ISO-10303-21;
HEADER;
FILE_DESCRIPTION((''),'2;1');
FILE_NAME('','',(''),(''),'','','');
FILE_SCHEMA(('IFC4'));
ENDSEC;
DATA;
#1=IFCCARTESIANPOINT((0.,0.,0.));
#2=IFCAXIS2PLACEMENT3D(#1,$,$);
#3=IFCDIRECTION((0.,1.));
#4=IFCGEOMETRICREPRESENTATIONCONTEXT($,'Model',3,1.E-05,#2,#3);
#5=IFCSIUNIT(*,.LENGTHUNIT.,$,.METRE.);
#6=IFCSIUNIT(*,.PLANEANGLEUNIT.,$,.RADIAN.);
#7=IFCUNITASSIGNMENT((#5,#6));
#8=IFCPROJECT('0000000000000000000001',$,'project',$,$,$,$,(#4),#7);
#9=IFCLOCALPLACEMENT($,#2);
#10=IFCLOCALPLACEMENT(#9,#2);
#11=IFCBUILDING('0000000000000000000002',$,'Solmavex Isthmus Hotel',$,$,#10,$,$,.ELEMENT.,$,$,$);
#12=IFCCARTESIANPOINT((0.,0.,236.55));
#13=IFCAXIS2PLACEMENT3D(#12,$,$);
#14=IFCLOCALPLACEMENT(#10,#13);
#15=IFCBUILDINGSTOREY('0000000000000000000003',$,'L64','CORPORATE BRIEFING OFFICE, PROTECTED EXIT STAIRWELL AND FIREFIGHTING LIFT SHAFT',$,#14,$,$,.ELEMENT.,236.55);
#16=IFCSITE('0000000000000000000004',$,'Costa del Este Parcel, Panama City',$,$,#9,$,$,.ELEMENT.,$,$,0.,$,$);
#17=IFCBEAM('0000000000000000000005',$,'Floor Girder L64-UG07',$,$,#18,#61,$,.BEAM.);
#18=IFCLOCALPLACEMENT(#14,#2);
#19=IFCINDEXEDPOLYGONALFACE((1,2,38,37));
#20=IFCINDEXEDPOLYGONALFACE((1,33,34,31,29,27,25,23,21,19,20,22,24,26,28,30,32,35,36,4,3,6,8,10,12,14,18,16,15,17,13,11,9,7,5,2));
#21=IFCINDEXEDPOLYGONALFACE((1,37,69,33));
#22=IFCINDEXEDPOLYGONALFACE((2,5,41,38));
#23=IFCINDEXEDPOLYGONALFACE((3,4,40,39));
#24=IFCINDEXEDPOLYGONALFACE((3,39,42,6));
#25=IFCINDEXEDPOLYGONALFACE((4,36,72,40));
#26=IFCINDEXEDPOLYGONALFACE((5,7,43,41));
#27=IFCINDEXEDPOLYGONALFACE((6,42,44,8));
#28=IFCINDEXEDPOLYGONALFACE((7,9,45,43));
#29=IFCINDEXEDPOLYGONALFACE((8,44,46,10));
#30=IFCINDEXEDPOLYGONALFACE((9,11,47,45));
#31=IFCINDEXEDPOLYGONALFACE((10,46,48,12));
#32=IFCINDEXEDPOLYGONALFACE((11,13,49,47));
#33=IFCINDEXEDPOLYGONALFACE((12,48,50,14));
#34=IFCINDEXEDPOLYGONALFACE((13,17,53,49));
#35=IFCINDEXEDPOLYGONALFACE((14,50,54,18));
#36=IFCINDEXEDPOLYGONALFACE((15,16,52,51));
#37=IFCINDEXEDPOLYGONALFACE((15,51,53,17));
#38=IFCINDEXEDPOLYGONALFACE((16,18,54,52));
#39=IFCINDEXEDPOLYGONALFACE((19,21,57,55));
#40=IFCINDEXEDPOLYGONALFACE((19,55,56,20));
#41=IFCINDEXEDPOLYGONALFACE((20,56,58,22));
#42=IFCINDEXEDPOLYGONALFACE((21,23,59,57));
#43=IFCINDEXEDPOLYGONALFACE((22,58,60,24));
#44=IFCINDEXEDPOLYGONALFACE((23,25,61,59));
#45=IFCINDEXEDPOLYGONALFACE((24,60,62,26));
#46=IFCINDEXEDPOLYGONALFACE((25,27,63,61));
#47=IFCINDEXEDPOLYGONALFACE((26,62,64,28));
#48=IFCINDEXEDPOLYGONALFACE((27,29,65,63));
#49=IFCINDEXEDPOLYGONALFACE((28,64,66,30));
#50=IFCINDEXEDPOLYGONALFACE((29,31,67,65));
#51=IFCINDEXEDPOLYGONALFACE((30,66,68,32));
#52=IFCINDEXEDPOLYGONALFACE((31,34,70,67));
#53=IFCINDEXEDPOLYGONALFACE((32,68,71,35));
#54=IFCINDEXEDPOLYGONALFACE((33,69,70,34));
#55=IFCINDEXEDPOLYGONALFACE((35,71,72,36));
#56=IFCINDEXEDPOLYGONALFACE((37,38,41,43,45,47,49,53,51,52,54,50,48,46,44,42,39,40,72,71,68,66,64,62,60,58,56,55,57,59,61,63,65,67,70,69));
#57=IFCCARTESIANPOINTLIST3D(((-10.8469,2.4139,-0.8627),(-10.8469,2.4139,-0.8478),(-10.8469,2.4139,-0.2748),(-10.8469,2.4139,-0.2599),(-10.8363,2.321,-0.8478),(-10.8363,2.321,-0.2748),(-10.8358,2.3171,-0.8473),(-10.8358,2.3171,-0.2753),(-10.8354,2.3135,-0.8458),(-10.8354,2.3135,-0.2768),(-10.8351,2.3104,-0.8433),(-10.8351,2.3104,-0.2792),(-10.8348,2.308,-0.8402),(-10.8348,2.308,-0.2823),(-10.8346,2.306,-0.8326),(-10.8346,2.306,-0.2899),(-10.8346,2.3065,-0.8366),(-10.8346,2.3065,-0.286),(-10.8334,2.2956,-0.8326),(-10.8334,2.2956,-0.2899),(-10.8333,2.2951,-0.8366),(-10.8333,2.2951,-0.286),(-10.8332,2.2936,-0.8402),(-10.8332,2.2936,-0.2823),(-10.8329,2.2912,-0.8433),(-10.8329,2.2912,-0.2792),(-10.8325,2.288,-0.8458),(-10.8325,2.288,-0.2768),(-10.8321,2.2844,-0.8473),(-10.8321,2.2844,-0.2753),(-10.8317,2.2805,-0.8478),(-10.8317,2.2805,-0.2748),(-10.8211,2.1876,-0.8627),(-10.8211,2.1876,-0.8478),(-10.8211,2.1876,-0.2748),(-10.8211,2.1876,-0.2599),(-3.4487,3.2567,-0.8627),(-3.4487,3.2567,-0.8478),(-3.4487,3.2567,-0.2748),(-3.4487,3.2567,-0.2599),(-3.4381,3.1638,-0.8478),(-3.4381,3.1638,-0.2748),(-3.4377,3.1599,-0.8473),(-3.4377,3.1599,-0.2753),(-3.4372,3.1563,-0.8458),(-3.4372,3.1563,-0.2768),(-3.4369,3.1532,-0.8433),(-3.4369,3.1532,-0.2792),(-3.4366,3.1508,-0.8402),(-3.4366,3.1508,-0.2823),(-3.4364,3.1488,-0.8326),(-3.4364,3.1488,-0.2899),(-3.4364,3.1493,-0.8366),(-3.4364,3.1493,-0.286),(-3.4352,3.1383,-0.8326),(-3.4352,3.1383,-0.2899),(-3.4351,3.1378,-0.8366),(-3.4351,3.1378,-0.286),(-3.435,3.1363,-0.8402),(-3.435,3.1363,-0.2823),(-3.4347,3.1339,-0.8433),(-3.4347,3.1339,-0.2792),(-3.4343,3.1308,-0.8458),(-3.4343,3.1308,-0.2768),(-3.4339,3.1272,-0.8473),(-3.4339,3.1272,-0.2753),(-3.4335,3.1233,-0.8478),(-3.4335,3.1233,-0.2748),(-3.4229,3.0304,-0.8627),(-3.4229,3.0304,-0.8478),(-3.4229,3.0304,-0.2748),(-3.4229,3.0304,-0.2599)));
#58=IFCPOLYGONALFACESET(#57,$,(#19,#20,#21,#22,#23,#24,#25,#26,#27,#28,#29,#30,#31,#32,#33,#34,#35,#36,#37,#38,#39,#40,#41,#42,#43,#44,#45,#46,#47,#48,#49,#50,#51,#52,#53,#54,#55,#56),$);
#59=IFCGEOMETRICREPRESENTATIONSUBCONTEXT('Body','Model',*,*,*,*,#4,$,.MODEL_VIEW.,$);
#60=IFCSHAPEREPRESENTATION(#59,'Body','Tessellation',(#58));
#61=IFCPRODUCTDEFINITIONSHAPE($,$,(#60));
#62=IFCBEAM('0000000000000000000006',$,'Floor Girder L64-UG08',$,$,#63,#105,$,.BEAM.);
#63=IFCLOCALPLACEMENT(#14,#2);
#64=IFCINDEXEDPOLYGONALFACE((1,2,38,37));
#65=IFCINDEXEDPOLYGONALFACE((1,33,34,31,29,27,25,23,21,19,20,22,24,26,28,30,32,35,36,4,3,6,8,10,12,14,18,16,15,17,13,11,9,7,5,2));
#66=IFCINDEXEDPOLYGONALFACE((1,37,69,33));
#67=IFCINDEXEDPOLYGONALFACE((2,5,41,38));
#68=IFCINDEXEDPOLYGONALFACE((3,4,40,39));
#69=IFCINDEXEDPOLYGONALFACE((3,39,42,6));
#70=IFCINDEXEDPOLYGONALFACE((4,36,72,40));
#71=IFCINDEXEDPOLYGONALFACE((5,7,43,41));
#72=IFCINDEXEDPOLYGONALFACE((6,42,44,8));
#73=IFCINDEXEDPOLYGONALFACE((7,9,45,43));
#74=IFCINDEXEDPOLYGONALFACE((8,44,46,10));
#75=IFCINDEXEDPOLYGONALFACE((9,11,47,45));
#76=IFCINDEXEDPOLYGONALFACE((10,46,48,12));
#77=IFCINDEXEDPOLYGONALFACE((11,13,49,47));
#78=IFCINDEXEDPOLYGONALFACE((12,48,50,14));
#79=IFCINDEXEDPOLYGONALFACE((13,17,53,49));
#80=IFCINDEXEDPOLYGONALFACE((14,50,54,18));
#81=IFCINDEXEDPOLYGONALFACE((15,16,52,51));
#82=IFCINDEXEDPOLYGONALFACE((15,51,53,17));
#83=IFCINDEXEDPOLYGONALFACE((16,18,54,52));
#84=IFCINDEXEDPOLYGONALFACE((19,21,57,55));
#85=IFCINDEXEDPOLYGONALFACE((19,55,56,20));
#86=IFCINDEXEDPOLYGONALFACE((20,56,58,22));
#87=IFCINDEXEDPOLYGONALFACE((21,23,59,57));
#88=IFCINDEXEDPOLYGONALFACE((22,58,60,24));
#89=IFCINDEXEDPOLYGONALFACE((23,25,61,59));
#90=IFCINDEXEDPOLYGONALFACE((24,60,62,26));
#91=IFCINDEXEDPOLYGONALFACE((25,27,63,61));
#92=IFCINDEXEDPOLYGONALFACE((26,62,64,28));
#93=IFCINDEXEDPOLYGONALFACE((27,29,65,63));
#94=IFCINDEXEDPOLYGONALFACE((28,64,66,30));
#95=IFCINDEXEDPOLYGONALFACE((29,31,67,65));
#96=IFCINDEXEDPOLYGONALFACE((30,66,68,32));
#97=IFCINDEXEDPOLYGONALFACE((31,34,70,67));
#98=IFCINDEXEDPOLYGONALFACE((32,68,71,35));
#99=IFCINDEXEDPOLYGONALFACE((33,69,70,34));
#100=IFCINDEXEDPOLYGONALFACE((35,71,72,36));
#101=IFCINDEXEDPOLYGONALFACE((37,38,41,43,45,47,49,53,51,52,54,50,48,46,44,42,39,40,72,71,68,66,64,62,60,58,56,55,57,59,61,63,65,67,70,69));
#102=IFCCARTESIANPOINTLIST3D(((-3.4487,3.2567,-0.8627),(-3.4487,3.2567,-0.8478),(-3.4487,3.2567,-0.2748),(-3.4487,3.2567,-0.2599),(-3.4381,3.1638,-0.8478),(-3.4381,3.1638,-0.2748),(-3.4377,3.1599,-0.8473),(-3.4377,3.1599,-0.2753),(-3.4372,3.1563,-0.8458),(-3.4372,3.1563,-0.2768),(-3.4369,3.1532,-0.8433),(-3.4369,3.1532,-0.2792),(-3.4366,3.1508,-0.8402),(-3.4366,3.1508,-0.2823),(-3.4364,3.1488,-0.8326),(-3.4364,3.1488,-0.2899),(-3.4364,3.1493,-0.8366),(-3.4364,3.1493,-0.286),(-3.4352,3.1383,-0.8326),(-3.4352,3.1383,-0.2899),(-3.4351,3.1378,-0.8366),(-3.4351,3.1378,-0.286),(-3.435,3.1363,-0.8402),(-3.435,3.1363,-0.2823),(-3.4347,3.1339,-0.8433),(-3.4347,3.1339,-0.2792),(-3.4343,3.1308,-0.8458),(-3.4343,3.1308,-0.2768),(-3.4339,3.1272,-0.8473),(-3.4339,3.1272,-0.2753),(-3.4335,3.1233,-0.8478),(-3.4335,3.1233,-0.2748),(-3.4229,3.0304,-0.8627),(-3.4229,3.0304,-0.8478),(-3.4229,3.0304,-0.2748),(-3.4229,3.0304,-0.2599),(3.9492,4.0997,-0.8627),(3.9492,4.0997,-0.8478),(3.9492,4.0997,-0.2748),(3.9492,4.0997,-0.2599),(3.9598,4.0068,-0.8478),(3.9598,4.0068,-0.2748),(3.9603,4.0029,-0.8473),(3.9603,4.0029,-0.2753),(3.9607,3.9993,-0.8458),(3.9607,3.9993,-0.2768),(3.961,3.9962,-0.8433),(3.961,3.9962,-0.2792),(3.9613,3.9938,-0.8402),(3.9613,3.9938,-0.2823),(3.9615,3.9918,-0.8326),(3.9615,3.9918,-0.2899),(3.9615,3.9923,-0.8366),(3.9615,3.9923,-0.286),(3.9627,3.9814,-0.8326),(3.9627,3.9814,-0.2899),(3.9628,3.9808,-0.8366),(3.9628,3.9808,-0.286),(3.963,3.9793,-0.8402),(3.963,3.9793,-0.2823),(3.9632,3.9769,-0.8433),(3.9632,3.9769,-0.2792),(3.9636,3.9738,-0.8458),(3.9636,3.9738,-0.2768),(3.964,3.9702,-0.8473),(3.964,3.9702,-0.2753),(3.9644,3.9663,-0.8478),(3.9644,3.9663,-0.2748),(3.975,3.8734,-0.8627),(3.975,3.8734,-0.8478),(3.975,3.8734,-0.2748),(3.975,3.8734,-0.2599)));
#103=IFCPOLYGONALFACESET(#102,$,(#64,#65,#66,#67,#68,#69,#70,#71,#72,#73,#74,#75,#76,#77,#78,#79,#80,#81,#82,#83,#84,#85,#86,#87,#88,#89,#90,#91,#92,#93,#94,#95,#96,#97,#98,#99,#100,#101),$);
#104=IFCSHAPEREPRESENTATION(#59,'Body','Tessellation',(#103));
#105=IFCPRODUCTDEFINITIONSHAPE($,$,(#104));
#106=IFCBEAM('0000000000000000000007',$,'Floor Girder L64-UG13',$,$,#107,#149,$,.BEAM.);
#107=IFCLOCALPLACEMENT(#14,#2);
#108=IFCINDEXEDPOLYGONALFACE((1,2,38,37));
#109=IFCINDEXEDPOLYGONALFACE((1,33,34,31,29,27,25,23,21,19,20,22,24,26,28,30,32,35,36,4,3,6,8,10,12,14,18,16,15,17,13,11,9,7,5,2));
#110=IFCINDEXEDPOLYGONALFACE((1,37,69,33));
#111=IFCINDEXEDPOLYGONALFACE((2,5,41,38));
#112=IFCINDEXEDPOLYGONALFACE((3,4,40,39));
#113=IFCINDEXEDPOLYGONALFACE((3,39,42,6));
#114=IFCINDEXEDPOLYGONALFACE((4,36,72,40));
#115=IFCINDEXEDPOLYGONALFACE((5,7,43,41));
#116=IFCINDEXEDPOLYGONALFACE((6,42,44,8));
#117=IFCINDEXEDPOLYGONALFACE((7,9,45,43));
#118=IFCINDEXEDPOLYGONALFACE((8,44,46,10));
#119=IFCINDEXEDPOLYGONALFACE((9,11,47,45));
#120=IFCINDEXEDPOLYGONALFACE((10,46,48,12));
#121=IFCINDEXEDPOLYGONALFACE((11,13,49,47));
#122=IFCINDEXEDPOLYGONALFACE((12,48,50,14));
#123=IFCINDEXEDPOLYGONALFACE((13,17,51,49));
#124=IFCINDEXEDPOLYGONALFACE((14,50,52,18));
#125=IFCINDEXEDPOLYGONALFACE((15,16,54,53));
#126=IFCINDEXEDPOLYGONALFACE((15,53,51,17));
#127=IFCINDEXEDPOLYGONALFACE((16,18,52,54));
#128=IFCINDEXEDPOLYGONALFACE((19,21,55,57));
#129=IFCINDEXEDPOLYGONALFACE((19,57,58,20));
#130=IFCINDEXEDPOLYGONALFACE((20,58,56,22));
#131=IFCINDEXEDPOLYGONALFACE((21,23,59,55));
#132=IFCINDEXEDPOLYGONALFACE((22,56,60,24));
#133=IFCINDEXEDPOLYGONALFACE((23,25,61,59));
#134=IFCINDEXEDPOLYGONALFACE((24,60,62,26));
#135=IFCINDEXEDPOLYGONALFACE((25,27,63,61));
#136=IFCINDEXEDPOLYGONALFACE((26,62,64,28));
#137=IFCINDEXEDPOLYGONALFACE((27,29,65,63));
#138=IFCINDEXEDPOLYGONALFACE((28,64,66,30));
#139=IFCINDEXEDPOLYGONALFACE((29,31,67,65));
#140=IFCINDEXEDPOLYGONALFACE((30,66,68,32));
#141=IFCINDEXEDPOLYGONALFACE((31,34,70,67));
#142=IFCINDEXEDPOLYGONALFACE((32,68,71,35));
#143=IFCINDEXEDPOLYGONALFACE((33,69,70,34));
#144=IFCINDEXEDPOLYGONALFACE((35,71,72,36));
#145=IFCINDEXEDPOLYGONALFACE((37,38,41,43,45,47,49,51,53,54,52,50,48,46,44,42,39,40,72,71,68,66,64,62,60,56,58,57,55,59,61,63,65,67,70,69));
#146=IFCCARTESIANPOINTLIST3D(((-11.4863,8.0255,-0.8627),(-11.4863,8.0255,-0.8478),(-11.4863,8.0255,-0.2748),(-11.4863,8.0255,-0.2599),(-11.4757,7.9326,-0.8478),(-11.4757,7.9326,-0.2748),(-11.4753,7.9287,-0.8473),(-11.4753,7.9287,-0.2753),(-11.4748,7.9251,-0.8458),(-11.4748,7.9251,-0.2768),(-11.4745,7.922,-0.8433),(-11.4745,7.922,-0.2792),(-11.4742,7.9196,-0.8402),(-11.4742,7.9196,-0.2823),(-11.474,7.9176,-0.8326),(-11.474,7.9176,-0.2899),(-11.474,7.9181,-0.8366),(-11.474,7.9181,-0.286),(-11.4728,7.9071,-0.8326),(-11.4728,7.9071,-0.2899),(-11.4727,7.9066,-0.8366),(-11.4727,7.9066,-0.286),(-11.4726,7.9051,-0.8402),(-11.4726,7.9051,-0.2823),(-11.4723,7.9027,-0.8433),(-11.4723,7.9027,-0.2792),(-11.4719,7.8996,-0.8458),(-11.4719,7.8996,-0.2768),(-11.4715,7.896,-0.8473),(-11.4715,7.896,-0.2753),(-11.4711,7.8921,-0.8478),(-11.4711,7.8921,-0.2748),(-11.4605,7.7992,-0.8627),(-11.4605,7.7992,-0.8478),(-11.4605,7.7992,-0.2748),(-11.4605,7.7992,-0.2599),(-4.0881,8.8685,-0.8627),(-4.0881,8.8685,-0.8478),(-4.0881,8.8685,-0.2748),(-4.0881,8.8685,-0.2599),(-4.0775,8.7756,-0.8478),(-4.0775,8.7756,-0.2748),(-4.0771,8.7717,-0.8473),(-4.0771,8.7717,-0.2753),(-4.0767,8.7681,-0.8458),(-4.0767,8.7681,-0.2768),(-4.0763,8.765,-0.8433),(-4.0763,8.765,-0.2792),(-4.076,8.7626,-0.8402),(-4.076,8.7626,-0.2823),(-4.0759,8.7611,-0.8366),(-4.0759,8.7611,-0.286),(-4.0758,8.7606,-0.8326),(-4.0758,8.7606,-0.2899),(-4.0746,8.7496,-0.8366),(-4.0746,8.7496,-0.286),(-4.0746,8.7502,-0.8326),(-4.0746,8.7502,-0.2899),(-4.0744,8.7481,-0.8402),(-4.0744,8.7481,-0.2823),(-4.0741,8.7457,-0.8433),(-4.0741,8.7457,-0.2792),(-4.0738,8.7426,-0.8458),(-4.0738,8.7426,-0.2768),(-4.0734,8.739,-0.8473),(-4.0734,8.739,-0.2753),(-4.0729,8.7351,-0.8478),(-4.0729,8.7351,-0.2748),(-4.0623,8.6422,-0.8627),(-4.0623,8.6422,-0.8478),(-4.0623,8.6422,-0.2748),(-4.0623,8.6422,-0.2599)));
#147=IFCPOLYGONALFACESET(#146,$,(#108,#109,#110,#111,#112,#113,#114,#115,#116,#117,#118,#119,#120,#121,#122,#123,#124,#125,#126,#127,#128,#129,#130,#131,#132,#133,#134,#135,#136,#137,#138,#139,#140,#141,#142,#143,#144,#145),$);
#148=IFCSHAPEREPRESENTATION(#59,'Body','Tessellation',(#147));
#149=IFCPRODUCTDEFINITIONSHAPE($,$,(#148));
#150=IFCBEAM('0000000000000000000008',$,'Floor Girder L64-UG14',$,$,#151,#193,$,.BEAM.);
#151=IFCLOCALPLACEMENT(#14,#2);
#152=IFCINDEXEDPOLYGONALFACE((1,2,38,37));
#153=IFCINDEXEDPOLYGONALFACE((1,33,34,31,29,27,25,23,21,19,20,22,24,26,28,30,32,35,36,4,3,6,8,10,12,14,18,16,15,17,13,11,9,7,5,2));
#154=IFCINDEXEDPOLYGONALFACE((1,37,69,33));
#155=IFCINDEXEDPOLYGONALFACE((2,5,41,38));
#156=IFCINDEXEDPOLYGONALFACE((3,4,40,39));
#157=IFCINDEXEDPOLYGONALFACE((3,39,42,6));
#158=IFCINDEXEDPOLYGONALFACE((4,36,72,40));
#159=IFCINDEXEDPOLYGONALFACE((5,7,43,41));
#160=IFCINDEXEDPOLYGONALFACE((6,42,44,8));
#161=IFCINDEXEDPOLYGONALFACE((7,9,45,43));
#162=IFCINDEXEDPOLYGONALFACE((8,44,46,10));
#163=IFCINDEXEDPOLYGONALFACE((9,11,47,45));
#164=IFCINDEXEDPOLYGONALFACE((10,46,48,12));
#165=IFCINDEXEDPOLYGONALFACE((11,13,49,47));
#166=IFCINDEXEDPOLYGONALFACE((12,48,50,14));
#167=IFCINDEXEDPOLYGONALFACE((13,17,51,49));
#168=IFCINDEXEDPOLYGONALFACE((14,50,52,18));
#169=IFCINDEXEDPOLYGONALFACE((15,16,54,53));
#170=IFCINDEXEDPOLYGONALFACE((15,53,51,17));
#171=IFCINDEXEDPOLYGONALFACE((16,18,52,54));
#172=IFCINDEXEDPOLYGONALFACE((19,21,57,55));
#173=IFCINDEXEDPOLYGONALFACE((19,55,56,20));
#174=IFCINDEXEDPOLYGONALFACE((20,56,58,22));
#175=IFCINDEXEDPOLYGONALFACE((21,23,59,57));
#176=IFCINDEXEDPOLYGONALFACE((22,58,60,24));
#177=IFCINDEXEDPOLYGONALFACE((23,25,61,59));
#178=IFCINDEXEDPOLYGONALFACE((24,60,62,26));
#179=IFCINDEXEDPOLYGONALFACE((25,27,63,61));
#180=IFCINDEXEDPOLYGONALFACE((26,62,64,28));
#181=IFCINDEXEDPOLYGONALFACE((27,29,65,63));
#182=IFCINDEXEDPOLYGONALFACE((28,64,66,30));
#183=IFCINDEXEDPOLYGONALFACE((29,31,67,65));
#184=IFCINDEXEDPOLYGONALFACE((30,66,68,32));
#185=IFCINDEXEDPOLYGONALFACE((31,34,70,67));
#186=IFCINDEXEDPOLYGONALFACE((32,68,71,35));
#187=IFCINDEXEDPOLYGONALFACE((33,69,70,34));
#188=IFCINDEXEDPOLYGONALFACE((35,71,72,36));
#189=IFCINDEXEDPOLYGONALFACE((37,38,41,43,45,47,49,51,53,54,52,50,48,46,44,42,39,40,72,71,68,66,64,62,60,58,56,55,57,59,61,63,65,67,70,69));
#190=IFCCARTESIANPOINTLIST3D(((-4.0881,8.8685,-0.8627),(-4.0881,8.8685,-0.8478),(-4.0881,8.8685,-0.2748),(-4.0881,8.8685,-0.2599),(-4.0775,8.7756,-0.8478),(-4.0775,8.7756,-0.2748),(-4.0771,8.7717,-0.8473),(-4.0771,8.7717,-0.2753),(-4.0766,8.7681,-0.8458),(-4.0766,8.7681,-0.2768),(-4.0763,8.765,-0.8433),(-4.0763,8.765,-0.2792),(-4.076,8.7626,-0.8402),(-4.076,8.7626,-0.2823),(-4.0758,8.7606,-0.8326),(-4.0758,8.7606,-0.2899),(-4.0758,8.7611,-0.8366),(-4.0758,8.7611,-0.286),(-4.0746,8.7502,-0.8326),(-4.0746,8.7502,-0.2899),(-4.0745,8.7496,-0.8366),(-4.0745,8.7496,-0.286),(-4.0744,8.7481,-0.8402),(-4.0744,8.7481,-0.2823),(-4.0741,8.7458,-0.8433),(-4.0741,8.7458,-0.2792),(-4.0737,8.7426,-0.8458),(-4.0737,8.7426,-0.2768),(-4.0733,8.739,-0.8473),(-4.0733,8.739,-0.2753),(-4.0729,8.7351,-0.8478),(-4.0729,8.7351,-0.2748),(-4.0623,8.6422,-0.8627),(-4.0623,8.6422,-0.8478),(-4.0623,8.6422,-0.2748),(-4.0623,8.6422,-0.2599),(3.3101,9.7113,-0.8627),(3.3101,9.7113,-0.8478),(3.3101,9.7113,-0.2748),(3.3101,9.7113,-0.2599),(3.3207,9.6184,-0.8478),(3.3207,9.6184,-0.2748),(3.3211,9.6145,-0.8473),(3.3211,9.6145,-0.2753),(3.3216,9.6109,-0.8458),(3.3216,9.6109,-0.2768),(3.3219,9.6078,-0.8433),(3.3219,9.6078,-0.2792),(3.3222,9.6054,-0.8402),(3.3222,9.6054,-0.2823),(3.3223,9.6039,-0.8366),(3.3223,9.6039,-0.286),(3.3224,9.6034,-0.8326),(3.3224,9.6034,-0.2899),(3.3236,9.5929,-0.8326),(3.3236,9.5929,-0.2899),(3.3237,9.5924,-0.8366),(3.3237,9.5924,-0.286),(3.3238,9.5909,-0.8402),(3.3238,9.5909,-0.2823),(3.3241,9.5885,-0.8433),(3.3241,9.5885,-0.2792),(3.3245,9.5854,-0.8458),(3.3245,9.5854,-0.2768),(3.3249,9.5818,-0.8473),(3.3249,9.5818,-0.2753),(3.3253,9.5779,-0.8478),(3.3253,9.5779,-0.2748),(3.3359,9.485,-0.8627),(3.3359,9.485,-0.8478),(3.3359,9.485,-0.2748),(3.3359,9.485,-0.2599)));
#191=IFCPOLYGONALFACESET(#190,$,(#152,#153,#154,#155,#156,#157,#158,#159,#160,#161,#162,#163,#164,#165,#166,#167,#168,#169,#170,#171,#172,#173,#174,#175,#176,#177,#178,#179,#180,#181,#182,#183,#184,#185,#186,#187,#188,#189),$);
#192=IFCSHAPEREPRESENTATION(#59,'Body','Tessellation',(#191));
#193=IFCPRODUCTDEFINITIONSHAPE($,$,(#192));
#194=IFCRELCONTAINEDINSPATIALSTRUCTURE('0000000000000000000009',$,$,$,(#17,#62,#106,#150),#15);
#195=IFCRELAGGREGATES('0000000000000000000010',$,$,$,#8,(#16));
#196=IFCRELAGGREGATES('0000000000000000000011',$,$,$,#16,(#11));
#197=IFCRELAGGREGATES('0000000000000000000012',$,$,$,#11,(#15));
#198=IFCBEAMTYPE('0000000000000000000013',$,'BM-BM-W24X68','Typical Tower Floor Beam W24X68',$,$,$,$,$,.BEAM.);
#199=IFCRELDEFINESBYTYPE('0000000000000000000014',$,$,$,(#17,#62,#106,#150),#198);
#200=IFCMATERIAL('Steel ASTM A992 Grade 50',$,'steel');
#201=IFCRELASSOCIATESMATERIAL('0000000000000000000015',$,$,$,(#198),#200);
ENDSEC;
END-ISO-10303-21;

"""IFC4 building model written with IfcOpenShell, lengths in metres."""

from ifc_helpers import new_model, si_unit, direction, frame, origin, origin_2d, place, context, subcontext, project, spatial, i_section, extrude, material, material_profile, profile_set, type_object, element, save


model = new_model("IFC4")

# Units and contexts
model_context = context("Model", 3, precision=1e-05, world=origin(), true_north=direction((0.0, 1.0)))
body_context = subcontext(model_context, "Body", "Model", "MODEL_VIEW")
ifc_project = project(units=[si_unit("LENGTHUNIT", "METRE"), si_unit("PLANEANGLEUNIT", "RADIAN")], contexts=[model_context])

# Site, building, storey
site_placement = place(None, origin())
site = spatial("IfcSite", under=ifc_project, at=site_placement, Name="Costa del Este Parcel, Panama City", CompositionType="ELEMENT", RefElevation=0.0)
building_placement = place(site_placement, origin())
building = spatial("IfcBuilding", under=site, at=building_placement, Name="Solmavex Isthmus Hotel", CompositionType="ELEMENT")
storey_placement = place(building_placement, frame((0.0, 0.0, 236.55)))
storey = spatial("IfcBuildingStorey", under=building, at=storey_placement, Name="L64", Description="CORPORATE BRIEFING OFFICE, PROTECTED EXIT STAIRWELL AND FIREFIGHTING LIFT SHAFT", CompositionType="ELEMENT", Elevation=236.55)

# Beams
ifc_material_1 = material(Name="Steel ASTM A992 Grade 50", Category="steel")
ifc_material_profile_1 = material_profile(ifc_material_1, i_section(OverallWidth=0.2278, OverallDepth=0.6028, WebThickness=0.0105, FlangeThickness=0.0149, FilletRadius=0.0151, at=origin_2d()), Name="W24X68")
ifc_profile_set_1 = profile_set([ifc_material_profile_1], Name="Steel ASTM A992 Grade 50")
beam_type_1 = type_object("IfcBeamType", Name="BM-BM-W24X68", Description="Typical Tower Floor Beam W24X68", PredefinedType="BEAM", material=ifc_profile_set_1)
beam_1_placement = place(storey_placement, frame((-10.834, 2.3008, -0.5613), z_axis=(0.993574, 0.113184, 0.0), x_axis=(-0.113184, 0.993574, 0.0)))
element("IfcBeam", 1, at=beam_1_placement, inside=storey, type_object=beam_type_1, Name="Floor Girder L64-UG07", PredefinedType="BEAM", context=body_context, shape_type="SweptSolid", body=[
    extrude(i_section(OverallWidth=0.2278, OverallDepth=0.6028, WebThickness=0.0105, FlangeThickness=0.0149, FilletRadius=0.0151, at=origin_2d()), origin(), (0.0, 0.0, 1.0), 7.446),
])
beam_2_placement = place(storey_placement, frame((-3.4358, 3.1436, -0.5613), z_axis=(0.99357, 0.11322, 0.0), x_axis=(-0.11322, 0.99357, 0.0)))
element("IfcBeam", 2, at=beam_2_placement, inside=storey, type_object=beam_type_1, Name="Floor Girder L64-UG08", PredefinedType="BEAM", context=body_context, shape_type="SweptSolid", body=[
    extrude(i_section(OverallWidth=0.2278, OverallDepth=0.6028, WebThickness=0.0105, FlangeThickness=0.0149, FilletRadius=0.0151, at=origin_2d()), origin(), (0.0, 0.0, 1.0), 7.4458),
])
for number, where, z_axis, x_axis, name in (
    (3, (-11.4734, 7.9124, -0.5613), (0.99357, 0.113216, 0.0), (-0.113216, 0.99357, 0.0), "Floor Girder L64-UG13"),
    (4, (-4.0752, 8.7554, -0.5613), (0.993574, 0.113184, 0.0), (-0.113184, 0.993574, 0.0), "Floor Girder L64-UG14"),
):
    element("IfcBeam", number, at=place(storey_placement, frame(where, z_axis=z_axis, x_axis=x_axis)), inside=storey, type_object=beam_type_1, Name=name, PredefinedType="BEAM", context=body_context, shape_type="SweptSolid", body=[
        extrude(i_section(OverallWidth=0.2278, OverallDepth=0.6028, WebThickness=0.0105, FlangeThickness=0.0149, FilletRadius=0.0151, at=origin_2d()), origin(), (0.0, 0.0, 1.0), 7.446),
    ])

save(model, "model.ifc")
